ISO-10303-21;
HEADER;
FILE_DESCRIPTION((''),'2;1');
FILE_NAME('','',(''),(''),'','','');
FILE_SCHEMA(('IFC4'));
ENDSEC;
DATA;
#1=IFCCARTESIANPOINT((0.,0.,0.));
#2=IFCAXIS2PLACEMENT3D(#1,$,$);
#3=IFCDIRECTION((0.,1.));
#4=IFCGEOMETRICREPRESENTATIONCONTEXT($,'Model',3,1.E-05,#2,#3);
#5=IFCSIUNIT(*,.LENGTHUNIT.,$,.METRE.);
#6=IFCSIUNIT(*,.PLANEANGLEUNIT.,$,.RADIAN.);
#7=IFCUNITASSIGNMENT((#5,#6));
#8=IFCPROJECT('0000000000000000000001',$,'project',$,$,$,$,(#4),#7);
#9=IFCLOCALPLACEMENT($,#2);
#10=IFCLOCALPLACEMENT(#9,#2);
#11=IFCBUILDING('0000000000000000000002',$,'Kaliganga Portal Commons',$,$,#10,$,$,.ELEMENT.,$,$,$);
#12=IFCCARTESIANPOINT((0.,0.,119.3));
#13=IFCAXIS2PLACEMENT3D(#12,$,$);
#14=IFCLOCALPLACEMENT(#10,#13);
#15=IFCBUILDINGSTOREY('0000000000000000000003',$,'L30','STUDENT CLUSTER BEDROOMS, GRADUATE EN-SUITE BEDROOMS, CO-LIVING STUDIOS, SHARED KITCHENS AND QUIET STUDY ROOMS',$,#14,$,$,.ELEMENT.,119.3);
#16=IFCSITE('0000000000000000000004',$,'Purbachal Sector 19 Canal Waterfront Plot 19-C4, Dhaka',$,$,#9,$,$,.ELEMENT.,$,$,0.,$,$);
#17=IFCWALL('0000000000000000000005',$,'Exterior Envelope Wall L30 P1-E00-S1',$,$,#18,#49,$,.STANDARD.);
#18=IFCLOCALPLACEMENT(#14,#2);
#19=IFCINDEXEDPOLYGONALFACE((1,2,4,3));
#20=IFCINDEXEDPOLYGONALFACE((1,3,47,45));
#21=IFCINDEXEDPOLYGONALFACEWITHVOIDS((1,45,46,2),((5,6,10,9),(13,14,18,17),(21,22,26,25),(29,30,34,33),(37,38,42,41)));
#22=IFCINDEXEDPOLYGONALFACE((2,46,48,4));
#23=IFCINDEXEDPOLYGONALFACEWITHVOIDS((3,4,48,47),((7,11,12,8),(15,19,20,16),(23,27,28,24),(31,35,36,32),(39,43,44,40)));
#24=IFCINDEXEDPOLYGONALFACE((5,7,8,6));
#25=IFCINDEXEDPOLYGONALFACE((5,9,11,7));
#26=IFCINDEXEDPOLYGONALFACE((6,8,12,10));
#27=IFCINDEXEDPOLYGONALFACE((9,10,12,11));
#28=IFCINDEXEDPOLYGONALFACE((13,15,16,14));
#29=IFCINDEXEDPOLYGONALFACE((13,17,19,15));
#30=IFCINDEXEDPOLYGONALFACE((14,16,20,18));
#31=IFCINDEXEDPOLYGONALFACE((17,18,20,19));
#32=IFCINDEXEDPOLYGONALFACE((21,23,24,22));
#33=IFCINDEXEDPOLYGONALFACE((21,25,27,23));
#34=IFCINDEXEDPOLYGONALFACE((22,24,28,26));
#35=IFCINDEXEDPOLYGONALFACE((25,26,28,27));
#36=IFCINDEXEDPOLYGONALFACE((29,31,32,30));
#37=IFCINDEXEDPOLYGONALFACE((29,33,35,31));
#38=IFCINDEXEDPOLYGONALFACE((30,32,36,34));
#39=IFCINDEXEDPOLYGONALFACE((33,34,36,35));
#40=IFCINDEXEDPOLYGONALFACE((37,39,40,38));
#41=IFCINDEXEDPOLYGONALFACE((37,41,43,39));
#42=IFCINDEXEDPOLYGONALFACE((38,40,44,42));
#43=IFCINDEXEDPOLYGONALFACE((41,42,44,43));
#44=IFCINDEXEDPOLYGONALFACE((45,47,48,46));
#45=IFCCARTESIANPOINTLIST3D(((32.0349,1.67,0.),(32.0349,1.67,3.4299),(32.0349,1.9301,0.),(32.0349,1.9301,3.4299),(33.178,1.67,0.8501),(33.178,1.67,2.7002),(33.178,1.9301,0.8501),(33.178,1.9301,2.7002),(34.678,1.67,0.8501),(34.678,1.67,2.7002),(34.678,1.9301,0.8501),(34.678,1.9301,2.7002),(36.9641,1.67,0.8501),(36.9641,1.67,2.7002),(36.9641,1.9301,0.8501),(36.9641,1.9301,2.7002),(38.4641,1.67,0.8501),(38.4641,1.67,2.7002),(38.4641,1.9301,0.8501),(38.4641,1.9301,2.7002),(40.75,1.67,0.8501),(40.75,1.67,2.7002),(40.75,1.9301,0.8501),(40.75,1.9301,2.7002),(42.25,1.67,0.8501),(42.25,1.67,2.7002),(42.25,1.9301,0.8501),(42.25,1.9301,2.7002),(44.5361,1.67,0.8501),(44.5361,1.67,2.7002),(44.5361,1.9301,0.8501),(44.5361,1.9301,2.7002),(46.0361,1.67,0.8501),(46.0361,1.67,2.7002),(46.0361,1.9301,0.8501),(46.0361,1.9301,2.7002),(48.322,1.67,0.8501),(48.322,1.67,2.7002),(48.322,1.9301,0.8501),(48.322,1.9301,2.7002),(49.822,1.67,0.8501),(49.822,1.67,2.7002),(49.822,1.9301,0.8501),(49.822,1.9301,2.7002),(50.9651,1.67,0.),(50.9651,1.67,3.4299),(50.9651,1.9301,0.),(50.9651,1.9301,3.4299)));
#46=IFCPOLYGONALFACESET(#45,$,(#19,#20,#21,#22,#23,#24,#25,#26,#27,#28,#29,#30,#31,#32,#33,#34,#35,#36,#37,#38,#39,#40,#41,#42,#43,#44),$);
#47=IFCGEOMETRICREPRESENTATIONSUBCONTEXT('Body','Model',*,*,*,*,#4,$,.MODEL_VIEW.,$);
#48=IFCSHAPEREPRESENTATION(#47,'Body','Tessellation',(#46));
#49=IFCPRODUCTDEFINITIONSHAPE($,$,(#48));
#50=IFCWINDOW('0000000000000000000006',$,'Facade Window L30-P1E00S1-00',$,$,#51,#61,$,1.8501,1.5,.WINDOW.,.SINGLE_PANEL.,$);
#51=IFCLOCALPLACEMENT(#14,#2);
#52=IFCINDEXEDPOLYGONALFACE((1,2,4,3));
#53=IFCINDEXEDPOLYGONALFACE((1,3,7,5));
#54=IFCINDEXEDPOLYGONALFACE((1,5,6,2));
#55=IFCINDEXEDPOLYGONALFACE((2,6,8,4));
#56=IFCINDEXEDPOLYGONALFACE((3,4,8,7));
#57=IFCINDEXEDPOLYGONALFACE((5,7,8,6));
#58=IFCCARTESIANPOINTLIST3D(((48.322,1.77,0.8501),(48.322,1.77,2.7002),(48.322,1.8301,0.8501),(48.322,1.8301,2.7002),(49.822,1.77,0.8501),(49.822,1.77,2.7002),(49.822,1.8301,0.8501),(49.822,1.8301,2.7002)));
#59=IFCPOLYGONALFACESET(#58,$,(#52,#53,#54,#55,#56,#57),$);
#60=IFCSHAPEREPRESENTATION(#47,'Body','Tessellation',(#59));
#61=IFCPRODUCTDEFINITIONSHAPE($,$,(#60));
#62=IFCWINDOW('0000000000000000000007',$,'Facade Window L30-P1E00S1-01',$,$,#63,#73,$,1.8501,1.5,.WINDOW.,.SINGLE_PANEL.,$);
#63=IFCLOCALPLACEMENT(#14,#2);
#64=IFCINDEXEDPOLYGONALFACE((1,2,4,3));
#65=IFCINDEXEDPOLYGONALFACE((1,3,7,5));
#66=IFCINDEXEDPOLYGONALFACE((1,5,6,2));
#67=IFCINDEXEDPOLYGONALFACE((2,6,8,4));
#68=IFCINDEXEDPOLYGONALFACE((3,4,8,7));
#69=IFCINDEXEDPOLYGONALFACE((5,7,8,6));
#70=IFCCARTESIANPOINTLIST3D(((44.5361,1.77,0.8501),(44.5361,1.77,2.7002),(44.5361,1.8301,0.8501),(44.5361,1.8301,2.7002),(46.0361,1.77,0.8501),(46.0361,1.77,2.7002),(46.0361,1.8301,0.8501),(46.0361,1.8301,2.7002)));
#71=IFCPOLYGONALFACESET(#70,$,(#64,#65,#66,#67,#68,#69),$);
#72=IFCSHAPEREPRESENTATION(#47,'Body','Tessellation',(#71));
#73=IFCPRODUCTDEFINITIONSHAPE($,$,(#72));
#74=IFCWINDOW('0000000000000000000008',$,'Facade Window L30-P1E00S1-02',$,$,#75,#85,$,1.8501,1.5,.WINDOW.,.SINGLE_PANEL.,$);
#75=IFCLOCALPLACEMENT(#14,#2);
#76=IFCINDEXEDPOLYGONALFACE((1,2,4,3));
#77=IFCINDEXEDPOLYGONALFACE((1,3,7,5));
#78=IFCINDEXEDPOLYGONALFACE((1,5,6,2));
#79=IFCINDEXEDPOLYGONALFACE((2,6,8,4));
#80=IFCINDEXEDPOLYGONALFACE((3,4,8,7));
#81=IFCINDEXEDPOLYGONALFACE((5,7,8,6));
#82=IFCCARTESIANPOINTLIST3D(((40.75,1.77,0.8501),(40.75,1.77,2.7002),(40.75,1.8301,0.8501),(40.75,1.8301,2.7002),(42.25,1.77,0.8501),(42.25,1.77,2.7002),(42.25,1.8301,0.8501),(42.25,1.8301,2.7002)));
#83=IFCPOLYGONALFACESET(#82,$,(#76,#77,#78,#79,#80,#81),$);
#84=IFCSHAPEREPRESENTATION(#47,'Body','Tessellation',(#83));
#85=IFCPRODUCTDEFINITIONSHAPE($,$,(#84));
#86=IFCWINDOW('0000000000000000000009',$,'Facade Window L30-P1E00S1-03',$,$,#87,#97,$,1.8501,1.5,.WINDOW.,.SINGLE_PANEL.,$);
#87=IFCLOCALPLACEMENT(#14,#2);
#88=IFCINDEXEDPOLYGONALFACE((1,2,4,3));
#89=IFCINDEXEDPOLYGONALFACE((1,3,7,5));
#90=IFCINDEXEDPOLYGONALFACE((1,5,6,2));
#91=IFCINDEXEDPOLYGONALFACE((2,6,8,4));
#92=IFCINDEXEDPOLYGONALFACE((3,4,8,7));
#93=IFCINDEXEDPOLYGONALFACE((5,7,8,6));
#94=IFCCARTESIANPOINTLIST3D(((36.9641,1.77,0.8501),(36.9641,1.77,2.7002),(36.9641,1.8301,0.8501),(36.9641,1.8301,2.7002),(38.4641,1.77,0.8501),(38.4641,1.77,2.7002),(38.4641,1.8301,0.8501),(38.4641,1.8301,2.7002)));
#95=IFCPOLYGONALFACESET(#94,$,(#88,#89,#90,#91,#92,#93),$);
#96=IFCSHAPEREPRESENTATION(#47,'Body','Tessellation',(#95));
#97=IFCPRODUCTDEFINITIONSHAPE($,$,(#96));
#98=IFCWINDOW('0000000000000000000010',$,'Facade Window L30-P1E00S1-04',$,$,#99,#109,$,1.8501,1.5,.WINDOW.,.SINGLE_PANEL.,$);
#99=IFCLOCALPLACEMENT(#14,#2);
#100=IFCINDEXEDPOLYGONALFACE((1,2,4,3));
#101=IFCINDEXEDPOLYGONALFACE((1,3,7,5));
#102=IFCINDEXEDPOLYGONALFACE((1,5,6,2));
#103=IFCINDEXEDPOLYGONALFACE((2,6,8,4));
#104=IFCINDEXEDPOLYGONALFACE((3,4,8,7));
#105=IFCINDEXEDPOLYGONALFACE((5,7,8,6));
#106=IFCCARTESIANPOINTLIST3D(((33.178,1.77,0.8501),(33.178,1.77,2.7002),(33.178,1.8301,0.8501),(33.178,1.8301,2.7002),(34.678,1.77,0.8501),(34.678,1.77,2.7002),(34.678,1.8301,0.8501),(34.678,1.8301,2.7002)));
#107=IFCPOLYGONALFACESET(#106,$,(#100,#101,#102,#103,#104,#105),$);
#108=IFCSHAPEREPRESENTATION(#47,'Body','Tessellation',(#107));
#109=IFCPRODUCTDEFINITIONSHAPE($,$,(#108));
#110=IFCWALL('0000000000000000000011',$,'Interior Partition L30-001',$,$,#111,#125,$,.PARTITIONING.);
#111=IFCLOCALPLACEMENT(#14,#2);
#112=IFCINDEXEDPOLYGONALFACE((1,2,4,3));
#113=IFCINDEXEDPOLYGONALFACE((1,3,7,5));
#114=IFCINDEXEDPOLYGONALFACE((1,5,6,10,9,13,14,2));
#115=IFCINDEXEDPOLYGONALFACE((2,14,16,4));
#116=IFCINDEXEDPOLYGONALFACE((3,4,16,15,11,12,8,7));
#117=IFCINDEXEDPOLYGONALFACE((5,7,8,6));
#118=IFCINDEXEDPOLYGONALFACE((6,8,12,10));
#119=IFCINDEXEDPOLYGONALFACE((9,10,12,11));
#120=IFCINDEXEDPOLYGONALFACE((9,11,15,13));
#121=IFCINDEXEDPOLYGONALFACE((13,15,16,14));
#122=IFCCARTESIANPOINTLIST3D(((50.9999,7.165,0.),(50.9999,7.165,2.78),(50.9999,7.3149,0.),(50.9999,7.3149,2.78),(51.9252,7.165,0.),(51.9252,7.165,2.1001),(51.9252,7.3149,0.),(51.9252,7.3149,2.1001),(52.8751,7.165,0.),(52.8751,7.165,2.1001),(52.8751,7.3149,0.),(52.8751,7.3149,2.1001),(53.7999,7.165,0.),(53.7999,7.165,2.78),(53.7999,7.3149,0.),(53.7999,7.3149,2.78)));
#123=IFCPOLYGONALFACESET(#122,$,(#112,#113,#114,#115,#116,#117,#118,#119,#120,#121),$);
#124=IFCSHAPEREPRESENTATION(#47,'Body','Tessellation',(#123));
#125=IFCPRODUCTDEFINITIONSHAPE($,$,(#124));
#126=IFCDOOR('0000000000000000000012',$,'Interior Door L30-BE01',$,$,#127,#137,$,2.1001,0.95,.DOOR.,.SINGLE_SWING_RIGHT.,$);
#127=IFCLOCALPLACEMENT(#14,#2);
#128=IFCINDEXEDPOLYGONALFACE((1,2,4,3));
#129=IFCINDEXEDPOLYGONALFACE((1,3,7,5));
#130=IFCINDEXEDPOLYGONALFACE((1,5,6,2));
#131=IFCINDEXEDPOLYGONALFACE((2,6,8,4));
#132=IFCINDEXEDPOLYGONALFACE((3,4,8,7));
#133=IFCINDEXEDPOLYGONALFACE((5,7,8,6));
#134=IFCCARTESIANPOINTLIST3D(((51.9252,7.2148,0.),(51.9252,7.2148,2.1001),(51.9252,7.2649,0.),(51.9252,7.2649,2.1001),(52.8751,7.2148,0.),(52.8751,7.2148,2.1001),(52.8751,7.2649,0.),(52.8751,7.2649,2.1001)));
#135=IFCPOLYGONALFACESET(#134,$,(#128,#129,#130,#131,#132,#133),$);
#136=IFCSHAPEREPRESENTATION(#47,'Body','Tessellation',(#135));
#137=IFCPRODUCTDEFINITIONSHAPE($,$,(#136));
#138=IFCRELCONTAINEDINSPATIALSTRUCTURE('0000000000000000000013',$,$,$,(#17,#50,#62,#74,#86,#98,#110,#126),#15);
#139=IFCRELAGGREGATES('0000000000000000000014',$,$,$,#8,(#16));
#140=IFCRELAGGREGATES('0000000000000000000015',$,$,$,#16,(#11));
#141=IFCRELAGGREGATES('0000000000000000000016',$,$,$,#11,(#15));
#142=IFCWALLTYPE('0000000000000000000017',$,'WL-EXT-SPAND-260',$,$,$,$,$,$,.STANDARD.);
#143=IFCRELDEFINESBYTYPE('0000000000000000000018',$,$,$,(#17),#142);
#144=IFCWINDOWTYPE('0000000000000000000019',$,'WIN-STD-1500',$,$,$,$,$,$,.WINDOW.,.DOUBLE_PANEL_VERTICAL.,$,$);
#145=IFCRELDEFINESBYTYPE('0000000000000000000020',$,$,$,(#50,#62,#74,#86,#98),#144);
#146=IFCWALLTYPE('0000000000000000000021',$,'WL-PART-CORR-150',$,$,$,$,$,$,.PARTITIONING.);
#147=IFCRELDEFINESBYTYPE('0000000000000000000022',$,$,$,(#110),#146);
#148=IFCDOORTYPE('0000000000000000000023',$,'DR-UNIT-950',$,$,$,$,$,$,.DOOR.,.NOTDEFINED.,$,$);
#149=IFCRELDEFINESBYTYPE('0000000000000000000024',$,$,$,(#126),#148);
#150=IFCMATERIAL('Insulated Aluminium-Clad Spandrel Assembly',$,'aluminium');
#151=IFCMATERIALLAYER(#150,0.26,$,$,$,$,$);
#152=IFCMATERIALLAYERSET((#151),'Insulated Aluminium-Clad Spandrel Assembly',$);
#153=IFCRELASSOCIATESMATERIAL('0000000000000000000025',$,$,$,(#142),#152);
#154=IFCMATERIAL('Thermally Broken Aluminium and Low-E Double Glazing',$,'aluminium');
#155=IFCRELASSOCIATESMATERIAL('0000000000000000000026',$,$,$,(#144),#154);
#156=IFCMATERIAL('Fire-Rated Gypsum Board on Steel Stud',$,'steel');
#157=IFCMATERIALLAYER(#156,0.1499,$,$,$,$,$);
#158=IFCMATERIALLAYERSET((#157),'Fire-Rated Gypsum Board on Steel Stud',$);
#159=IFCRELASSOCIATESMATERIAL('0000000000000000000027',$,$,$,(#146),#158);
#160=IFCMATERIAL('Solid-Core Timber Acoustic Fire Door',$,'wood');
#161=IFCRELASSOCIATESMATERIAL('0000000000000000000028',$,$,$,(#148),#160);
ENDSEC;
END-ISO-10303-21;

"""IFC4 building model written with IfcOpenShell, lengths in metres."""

from ifc_helpers import new_model, si_unit, direction, frame, frame_2d, origin, place, context, subcontext, project, spatial, rectangle, extrude, material, layer, layer_set, type_object, element, fill, save


model = new_model("IFC4")

# Units and contexts
model_context = context("Model", 3, precision=1e-05, world=origin(), true_north=direction((0.0, 1.0)))
body_context = subcontext(model_context, "Body", "Model", "MODEL_VIEW")
ifc_project = project(units=[si_unit("LENGTHUNIT", "METRE"), si_unit("PLANEANGLEUNIT", "RADIAN")], contexts=[model_context])

# Site, building, storey
site_placement = place(None, origin())
site = spatial("IfcSite", under=ifc_project, at=site_placement, Name="Purbachal Sector 19 Canal Waterfront Plot 19-C4, Dhaka", CompositionType="ELEMENT", RefElevation=0.0)
building_placement = place(site_placement, origin())
building = spatial("IfcBuilding", under=site, at=building_placement, Name="Kaliganga Portal Commons", CompositionType="ELEMENT")
storey_placement = place(building_placement, frame((0.0, 0.0, 119.3)))
storey = spatial("IfcBuildingStorey", under=building, at=storey_placement, Name="L30", Description="STUDENT CLUSTER BEDROOMS, GRADUATE EN-SUITE BEDROOMS, CO-LIVING STUDIOS, SHARED KITCHENS AND QUIET STUDY ROOMS", CompositionType="ELEMENT", Elevation=119.3)

# Wall, openings, windows
ifc_material_1 = material(Name="Insulated Aluminium-Clad Spandrel Assembly", Category="aluminium")
ifc_layer_1 = layer(ifc_material_1, 0.26)
ifc_layer_set_1 = layer_set([ifc_layer_1], Name="Insulated Aluminium-Clad Spandrel Assembly")
wall_type_1 = type_object("IfcWallType", Name="WL-EXT-SPAND-260", PredefinedType="STANDARD", material=ifc_layer_set_1)
wall_1_placement = place(storey_placement, frame((50.9651, 1.8, 0.0), z_axis=(0.0, 0.0, 1.0), x_axis=(-1.0, 0.0, 0.0)))
wall_1 = element("IfcWall", 1, at=wall_1_placement, inside=storey, type_object=wall_type_1, Name="Exterior Envelope Wall L30 P1-E00-S1", PredefinedType="STANDARD", context=body_context, shape_type="SweptSolid", body=[
    extrude(rectangle(XDim=18.9302, YDim=0.26, at=frame_2d((9.4651, 0.0))), origin(), (0.0, 0.0, 1.0), 3.4299),
])
opening_1_placement = place(wall_1_placement, frame((1.1431, 0.0, 0.8501)))
opening_1 = element("IfcOpeningElement", 2, at=opening_1_placement, cuts=wall_1, PredefinedType="OPENING", context=body_context, shape_type="SweptSolid", body=[
    extrude(rectangle(XDim=1.5, YDim=1.8501, at=frame_2d((0.75, 0.925))), frame((0.0, 0.1401, 0.0), z_axis=(0.0, -1.0, 0.0), x_axis=(1.0, 0.0, 0.0)), (0.0, 0.0, 1.0), 0.28),
])
opening_2_placement = place(wall_1_placement, frame((4.929, 0.0, 0.8501)))
opening_2 = element("IfcOpeningElement", 3, at=opening_2_placement, cuts=wall_1, PredefinedType="OPENING", context=body_context, shape_type="SweptSolid", body=[
    extrude(rectangle(XDim=1.5, YDim=1.8501, at=frame_2d((0.75, 0.925))), frame((0.0, 0.1401, 0.0), z_axis=(0.0, -1.0, 0.0), x_axis=(1.0, 0.0, 0.0)), (0.0, 0.0, 1.0), 0.28),
])
opening_3_placement = place(wall_1_placement, frame((8.7151, 0.0, 0.8501)))
opening_3 = element("IfcOpeningElement", 4, at=opening_3_placement, cuts=wall_1, PredefinedType="OPENING", context=body_context, shape_type="SweptSolid", body=[
    extrude(rectangle(XDim=1.5, YDim=1.8501, at=frame_2d((0.75, 0.925))), frame((0.0, 0.1401, 0.0), z_axis=(0.0, -1.0, 0.0), x_axis=(1.0, 0.0, 0.0)), (0.0, 0.0, 1.0), 0.28),
])
opening_4_placement = place(wall_1_placement, frame((12.501, 0.0, 0.8501)))
opening_4 = element("IfcOpeningElement", 5, at=opening_4_placement, cuts=wall_1, PredefinedType="OPENING", context=body_context, shape_type="SweptSolid", body=[
    extrude(rectangle(XDim=1.5, YDim=1.8501, at=frame_2d((0.75, 0.925))), frame((0.0, 0.1401, 0.0), z_axis=(0.0, -1.0, 0.0), x_axis=(1.0, 0.0, 0.0)), (0.0, 0.0, 1.0), 0.28),
])
opening_5_placement = place(wall_1_placement, frame((16.2871, 0.0, 0.8501)))
opening_5 = element("IfcOpeningElement", 6, at=opening_5_placement, cuts=wall_1, PredefinedType="OPENING", context=body_context, shape_type="SweptSolid", body=[
    extrude(rectangle(XDim=1.5, YDim=1.8501, at=frame_2d((0.75, 0.925))), frame((0.0, 0.1401, 0.0), z_axis=(0.0, -1.0, 0.0), x_axis=(1.0, 0.0, 0.0)), (0.0, 0.0, 1.0), 0.28),
])
ifc_material_2 = material(Name="Thermally Broken Aluminium and Low-E Double Glazing", Category="aluminium")
window_type = type_object("IfcWindowType", Name="WIN-STD-1500", PartitioningType="DOUBLE_PANEL_VERTICAL", PredefinedType="WINDOW", material=ifc_material_2)
window_1_placement = place(opening_1_placement, origin())
window_1 = element("IfcWindow", 7, at=window_1_placement, inside=storey, type_object=window_type, Name="Facade Window L30-P1E00S1-00", OverallHeight=1.8501, OverallWidth=1.5, PartitioningType="SINGLE_PANEL", PredefinedType="WINDOW", context=body_context, shape_type="SweptSolid", body=[
    extrude(rectangle(XDim=1.5, YDim=1.8501, at=frame_2d((0.75, 0.925))), frame((0.0, 0.03, 0.0), z_axis=(0.0, -1.0, 0.0), x_axis=(1.0, 0.0, 0.0)), (0.0, 0.0, 1.0), 0.0601),
])
fill(opening_1, window_1)
window_2_placement = place(opening_2_placement, origin())
window_2 = element("IfcWindow", 8, at=window_2_placement, inside=storey, type_object=window_type, Name="Facade Window L30-P1E00S1-01", OverallHeight=1.8501, OverallWidth=1.5, PartitioningType="SINGLE_PANEL", PredefinedType="WINDOW", context=body_context, shape_type="SweptSolid", body=[
    extrude(rectangle(XDim=1.5, YDim=1.8501, at=frame_2d((0.75, 0.925))), frame((0.0, 0.03, 0.0), z_axis=(0.0, -1.0, 0.0), x_axis=(1.0, 0.0, 0.0)), (0.0, 0.0, 1.0), 0.0601),
])
fill(opening_2, window_2)
window_3_placement = place(opening_3_placement, origin())
window_3 = element("IfcWindow", 9, at=window_3_placement, inside=storey, type_object=window_type, Name="Facade Window L30-P1E00S1-02", OverallHeight=1.8501, OverallWidth=1.5, PartitioningType="SINGLE_PANEL", PredefinedType="WINDOW", context=body_context, shape_type="SweptSolid", body=[
    extrude(rectangle(XDim=1.5, YDim=1.8501, at=frame_2d((0.75, 0.925))), frame((0.0, 0.03, 0.0), z_axis=(0.0, -1.0, 0.0), x_axis=(1.0, 0.0, 0.0)), (0.0, 0.0, 1.0), 0.0601),
])
fill(opening_3, window_3)
window_4_placement = place(opening_4_placement, origin())
window_4 = element("IfcWindow", 10, at=window_4_placement, inside=storey, type_object=window_type, Name="Facade Window L30-P1E00S1-03", OverallHeight=1.8501, OverallWidth=1.5, PartitioningType="SINGLE_PANEL", PredefinedType="WINDOW", context=body_context, shape_type="SweptSolid", body=[
    extrude(rectangle(XDim=1.5, YDim=1.8501, at=frame_2d((0.75, 0.925))), frame((0.0, 0.03, 0.0), z_axis=(0.0, -1.0, 0.0), x_axis=(1.0, 0.0, 0.0)), (0.0, 0.0, 1.0), 0.0601),
])
fill(opening_4, window_4)
window_5_placement = place(opening_5_placement, origin())
window_5 = element("IfcWindow", 11, at=window_5_placement, inside=storey, type_object=window_type, Name="Facade Window L30-P1E00S1-04", OverallHeight=1.8501, OverallWidth=1.5, PartitioningType="SINGLE_PANEL", PredefinedType="WINDOW", context=body_context, shape_type="SweptSolid", body=[
    extrude(rectangle(XDim=1.5, YDim=1.8501, at=frame_2d((0.75, 0.925))), frame((0.0, 0.03, 0.0), z_axis=(0.0, -1.0, 0.0), x_axis=(1.0, 0.0, 0.0)), (0.0, 0.0, 1.0), 0.0601),
])
fill(opening_5, window_5)

# Wall, opening, door
ifc_material_3 = material(Name="Fire-Rated Gypsum Board on Steel Stud", Category="steel")
ifc_layer_2 = layer(ifc_material_3, 0.1499)
ifc_layer_set_2 = layer_set([ifc_layer_2], Name="Fire-Rated Gypsum Board on Steel Stud")
wall_type_2 = type_object("IfcWallType", Name="WL-PART-CORR-150", PredefinedType="PARTITIONING", material=ifc_layer_set_2)
wall_2_placement = place(storey_placement, frame((51.0, 7.24, 0.0), z_axis=(0.0, 0.0, 1.0), x_axis=(1.0, 0.0, 0.0)))
wall_2 = element("IfcWall", 12, at=wall_2_placement, inside=storey, type_object=wall_type_2, Name="Interior Partition L30-001", PredefinedType="PARTITIONING", context=body_context, shape_type="SweptSolid", body=[
    extrude(rectangle(XDim=2.8, YDim=0.1499, at=frame_2d((1.3999, 0.0))), origin(), (0.0, 0.0, 1.0), 2.78),
])
opening_6_placement = place(wall_2_placement, frame((0.925, 0.0, 0.0)))
opening_6 = element("IfcOpeningElement", 13, at=opening_6_placement, cuts=wall_2, PredefinedType="OPENING", context=body_context, shape_type="SweptSolid", body=[
    extrude(rectangle(XDim=0.95, YDim=2.1001, at=frame_2d((0.4751, 1.05))), frame((0.0, 0.085, 0.0), z_axis=(0.0, -1.0, 0.0), x_axis=(1.0, 0.0, 0.0)), (0.0, 0.0, 1.0), 0.1699),
])
ifc_material_4 = material(Name="Solid-Core Timber Acoustic Fire Door", Category="wood")
door_type_1 = type_object("IfcDoorType", Name="DR-UNIT-950", OperationType="NOTDEFINED", PredefinedType="DOOR", material=ifc_material_4)
door_1_placement = place(opening_6_placement, origin())
door_1 = element("IfcDoor", 14, at=door_1_placement, inside=storey, type_object=door_type_1, Name="Interior Door L30-BE01", OperationType="SINGLE_SWING_RIGHT", OverallHeight=2.1001, OverallWidth=0.95, PredefinedType="DOOR", context=body_context, shape_type="SweptSolid", body=[
    extrude(rectangle(XDim=0.95, YDim=2.1001, at=frame_2d((0.4751, 1.05))), frame((0.0, 0.0249, 0.0), z_axis=(0.0, -1.0, 0.0), x_axis=(1.0, 0.0, 0.0)), (0.0, 0.0, 1.0), 0.05),
])
fill(opening_6, door_1)

save(model, "model.ifc")
